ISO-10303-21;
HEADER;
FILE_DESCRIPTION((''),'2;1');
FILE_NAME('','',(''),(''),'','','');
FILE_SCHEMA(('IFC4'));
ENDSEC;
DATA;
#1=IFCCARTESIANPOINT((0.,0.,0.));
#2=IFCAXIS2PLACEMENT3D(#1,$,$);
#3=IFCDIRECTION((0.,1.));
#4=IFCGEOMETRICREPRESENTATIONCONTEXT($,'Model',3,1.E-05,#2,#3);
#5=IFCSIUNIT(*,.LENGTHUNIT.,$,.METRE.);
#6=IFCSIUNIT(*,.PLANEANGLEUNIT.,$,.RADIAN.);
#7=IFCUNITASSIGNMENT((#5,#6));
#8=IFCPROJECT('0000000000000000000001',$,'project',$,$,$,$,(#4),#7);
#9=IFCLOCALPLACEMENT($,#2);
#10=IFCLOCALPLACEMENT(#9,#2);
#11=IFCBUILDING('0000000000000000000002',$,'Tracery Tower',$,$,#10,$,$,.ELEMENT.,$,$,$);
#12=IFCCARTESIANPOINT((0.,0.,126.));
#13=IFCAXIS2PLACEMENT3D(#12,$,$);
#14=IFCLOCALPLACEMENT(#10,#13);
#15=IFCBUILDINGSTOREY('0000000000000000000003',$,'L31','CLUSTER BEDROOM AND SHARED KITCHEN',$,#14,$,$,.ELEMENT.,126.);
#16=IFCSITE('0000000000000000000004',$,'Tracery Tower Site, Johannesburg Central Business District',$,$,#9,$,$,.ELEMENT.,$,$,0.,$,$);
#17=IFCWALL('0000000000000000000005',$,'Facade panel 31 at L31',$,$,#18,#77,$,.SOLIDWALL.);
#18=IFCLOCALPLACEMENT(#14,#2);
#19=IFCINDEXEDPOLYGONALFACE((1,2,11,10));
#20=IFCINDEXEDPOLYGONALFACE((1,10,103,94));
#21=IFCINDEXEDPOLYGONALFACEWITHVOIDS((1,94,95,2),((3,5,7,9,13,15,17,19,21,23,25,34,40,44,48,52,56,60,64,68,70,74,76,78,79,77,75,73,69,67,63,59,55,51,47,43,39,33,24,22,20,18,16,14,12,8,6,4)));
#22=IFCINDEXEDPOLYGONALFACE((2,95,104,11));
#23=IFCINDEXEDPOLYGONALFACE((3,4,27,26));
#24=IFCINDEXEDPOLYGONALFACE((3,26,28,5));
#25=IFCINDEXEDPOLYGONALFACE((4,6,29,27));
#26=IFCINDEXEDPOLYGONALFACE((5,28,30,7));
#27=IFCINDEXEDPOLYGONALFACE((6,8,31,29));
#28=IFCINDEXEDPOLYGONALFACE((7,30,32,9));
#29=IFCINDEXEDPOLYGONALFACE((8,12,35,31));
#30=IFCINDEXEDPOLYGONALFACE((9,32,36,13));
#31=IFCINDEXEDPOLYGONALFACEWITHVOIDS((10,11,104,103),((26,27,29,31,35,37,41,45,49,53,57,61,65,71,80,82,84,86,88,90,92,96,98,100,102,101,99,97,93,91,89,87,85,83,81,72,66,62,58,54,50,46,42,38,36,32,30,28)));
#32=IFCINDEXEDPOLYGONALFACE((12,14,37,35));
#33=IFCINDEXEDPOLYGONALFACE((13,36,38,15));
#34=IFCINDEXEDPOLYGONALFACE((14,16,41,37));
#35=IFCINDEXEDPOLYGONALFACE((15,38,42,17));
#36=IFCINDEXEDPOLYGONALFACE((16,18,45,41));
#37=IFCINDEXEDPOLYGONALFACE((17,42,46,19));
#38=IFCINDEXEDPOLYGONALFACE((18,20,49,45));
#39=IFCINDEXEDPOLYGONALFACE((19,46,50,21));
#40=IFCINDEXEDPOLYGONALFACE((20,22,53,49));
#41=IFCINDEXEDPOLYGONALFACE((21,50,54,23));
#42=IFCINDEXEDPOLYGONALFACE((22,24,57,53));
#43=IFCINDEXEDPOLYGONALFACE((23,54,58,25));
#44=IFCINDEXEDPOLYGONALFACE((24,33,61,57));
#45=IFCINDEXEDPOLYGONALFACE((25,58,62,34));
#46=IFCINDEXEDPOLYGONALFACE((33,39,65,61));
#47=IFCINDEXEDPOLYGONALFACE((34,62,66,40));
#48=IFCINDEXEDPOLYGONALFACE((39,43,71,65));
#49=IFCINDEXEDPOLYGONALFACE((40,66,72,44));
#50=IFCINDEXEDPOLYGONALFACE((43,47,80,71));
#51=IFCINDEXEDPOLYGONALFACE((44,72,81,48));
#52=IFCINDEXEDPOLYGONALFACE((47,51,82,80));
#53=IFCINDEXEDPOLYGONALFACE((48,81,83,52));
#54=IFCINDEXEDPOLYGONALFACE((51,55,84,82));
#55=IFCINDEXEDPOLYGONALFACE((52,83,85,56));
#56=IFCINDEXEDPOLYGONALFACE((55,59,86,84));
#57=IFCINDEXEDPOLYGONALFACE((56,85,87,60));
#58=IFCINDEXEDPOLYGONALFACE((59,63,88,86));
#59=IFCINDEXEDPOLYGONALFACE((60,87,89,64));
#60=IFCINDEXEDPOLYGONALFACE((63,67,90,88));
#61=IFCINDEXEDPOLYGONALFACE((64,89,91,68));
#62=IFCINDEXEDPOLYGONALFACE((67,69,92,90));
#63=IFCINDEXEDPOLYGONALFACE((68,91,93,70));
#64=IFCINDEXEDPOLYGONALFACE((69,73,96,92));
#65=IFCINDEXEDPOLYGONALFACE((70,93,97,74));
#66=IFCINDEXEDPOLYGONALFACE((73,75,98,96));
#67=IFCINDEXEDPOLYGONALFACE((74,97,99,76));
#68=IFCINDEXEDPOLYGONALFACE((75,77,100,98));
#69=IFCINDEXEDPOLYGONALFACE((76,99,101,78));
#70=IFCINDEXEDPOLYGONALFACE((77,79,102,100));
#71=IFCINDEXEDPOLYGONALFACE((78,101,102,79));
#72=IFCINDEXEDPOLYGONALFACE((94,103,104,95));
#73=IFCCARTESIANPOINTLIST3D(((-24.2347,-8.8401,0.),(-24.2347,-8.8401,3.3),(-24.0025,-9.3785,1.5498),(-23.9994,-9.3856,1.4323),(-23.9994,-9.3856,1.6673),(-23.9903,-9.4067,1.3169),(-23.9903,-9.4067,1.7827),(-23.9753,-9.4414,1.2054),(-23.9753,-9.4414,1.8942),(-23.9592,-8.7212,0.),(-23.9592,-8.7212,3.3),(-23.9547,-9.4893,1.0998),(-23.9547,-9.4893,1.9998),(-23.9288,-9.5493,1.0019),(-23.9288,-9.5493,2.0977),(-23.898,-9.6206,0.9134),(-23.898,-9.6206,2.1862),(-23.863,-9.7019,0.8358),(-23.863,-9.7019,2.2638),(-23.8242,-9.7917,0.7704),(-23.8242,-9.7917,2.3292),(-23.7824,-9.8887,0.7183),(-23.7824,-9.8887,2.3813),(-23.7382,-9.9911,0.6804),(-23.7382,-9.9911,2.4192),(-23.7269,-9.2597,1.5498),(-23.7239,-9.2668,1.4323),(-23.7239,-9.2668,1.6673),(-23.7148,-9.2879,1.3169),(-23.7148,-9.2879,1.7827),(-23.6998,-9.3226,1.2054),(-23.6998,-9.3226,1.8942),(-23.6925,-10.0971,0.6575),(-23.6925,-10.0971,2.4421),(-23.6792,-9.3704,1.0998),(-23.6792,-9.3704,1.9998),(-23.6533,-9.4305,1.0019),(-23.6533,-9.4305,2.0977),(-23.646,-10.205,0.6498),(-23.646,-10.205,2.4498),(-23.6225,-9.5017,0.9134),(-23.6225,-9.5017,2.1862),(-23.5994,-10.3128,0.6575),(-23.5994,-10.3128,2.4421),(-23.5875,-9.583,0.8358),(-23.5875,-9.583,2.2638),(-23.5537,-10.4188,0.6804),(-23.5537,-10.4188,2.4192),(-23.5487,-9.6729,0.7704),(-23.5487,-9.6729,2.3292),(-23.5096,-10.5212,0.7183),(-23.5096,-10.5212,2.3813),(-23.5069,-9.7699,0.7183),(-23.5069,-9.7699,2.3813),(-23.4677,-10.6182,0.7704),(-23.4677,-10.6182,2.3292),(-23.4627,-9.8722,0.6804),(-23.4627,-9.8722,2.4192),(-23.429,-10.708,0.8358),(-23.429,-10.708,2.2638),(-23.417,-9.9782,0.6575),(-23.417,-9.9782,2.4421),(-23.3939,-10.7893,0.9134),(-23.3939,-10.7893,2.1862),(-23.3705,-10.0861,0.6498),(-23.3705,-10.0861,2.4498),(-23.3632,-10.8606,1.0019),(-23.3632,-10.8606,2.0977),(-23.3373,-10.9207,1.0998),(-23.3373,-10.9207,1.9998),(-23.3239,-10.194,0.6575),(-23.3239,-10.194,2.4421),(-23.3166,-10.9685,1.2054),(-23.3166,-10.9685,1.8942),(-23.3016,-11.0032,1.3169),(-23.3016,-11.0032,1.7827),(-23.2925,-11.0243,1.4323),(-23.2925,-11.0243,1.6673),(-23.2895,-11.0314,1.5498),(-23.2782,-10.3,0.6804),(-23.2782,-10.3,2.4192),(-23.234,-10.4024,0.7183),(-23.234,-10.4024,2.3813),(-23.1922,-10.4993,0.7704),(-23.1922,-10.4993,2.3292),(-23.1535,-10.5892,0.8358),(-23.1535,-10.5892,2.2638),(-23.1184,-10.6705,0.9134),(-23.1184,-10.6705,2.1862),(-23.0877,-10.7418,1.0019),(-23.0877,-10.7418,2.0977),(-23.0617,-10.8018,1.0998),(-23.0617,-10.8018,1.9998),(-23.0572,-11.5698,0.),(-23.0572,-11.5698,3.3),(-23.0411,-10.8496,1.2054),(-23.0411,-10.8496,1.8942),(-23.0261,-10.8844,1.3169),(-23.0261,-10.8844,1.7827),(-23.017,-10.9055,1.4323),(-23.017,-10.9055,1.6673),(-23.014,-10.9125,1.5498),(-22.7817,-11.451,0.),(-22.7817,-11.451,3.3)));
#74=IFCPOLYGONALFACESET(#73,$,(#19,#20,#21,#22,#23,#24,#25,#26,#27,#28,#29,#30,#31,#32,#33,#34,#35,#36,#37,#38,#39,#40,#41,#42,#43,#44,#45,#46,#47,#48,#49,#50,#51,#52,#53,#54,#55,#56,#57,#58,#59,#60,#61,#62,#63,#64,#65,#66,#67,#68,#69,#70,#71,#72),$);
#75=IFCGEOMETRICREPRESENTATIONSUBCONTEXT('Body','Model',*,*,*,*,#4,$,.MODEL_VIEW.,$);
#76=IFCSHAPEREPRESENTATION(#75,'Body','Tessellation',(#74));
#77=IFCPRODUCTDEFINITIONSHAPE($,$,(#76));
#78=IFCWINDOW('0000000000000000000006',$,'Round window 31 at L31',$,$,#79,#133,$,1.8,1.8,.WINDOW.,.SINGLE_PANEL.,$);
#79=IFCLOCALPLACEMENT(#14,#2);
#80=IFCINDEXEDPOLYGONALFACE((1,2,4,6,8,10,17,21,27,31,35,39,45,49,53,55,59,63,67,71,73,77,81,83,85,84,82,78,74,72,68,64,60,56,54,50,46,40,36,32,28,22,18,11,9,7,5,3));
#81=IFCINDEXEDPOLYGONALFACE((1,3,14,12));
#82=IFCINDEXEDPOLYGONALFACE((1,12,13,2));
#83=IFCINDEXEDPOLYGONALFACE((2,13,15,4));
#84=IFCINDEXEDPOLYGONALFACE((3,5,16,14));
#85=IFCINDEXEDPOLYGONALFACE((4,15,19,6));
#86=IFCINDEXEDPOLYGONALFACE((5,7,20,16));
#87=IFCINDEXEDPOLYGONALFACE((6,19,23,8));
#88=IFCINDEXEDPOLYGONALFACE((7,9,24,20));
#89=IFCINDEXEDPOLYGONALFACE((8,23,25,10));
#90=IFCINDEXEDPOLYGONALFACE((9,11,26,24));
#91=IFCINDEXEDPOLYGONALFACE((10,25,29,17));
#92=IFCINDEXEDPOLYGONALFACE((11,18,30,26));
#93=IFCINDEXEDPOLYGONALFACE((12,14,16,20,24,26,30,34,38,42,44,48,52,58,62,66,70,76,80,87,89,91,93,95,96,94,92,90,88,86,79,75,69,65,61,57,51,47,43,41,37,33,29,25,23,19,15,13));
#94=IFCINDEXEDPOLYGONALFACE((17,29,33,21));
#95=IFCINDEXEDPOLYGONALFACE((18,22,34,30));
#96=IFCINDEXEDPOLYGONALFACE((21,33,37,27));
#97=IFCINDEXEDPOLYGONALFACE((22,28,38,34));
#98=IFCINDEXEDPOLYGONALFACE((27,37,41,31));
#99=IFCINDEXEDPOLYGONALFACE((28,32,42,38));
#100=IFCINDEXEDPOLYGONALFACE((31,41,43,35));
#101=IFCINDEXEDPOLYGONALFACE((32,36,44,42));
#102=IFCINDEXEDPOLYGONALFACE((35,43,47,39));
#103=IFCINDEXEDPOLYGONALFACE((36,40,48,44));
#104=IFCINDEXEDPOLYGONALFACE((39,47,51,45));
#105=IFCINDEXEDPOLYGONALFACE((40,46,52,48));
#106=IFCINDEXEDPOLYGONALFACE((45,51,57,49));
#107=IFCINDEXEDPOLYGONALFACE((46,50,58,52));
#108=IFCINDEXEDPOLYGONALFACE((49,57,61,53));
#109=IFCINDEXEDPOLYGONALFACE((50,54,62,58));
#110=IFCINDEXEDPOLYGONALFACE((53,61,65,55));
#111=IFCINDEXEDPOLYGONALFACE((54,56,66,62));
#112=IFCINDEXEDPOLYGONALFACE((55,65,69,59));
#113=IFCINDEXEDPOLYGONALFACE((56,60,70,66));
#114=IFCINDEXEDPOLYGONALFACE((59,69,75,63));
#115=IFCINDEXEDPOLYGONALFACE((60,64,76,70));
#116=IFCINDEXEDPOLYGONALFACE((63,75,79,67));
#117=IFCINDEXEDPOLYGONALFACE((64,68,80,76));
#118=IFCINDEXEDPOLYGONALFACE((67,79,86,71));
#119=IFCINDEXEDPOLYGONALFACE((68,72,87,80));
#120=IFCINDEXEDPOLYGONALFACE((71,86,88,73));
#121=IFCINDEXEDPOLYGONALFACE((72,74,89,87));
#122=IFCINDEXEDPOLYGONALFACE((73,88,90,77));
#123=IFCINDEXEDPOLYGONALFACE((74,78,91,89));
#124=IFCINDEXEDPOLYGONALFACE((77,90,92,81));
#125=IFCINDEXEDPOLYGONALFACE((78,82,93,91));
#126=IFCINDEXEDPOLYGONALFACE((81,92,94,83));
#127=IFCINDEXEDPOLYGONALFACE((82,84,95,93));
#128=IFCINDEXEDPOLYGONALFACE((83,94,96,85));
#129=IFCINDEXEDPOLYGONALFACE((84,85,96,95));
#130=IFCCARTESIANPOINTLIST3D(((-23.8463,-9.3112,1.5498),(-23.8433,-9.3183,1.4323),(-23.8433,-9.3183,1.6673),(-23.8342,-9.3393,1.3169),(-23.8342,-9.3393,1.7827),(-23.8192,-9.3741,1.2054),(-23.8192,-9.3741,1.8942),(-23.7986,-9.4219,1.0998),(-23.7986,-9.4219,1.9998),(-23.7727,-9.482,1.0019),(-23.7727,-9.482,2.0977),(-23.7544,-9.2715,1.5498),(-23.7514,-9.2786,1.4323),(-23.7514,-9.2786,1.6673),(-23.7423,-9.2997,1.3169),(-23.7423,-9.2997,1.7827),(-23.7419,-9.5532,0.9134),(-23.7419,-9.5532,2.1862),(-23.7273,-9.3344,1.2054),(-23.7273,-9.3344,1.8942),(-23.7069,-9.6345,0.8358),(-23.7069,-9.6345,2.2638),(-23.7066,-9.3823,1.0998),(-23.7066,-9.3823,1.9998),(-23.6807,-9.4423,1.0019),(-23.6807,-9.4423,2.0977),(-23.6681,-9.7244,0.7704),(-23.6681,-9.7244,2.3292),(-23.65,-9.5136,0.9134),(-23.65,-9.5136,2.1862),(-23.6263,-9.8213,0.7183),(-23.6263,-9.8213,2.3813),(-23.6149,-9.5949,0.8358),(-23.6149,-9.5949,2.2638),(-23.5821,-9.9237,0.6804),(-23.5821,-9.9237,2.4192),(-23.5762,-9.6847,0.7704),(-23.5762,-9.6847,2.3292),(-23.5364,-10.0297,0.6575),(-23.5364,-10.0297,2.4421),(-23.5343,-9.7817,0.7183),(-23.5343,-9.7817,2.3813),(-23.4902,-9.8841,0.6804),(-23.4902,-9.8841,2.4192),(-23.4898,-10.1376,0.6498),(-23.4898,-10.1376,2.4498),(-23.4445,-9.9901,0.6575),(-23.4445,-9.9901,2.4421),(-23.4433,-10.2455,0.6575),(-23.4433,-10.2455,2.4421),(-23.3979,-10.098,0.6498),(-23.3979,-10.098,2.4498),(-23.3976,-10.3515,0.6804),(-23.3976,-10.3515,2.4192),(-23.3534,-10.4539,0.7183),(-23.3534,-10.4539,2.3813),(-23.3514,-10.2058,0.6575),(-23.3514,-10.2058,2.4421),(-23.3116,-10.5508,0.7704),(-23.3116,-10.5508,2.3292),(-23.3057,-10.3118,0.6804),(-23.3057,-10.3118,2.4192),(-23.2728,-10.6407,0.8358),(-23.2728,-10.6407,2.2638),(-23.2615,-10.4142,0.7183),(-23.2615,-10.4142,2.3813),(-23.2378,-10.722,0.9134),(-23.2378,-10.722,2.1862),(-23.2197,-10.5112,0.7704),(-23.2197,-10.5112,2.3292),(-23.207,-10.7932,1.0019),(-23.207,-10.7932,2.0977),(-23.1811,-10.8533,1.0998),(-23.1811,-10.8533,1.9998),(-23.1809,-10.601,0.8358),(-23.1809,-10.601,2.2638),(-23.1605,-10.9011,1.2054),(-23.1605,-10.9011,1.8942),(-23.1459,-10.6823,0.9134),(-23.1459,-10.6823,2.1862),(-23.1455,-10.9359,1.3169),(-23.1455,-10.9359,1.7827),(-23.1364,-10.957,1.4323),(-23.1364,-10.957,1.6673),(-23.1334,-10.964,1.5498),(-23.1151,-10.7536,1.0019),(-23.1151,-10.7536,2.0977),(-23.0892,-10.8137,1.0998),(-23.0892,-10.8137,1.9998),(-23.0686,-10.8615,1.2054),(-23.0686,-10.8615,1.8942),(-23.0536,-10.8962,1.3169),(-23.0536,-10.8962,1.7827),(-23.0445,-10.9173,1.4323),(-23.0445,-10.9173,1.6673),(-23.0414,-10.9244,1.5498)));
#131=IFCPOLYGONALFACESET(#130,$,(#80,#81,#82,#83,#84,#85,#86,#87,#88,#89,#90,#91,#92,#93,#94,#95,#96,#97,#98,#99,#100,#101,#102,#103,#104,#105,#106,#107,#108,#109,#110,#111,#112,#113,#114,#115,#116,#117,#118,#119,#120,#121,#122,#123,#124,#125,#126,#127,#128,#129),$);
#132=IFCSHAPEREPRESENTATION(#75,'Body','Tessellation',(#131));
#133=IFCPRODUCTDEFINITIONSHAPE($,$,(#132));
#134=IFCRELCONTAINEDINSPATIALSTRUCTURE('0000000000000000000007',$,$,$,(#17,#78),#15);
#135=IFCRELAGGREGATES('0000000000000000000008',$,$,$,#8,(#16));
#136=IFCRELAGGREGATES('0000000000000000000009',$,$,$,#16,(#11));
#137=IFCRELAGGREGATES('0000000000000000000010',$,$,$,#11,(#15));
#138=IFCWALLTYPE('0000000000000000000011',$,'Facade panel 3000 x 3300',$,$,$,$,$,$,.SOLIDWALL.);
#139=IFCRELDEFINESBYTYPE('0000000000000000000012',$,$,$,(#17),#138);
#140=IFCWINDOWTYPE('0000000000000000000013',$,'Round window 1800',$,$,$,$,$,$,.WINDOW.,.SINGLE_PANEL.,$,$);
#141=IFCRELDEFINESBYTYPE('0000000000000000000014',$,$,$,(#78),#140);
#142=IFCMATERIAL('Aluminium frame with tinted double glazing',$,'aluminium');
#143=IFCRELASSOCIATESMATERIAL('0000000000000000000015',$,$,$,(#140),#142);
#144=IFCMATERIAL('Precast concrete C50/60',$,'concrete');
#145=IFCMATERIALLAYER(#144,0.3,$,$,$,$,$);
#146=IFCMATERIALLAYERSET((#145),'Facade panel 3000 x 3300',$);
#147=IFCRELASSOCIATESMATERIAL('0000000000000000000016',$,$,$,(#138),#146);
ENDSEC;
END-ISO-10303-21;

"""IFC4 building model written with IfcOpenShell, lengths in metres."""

from ifc_helpers import new_model, si_unit, direction, frame, frame_2d, origin, origin_2d, place, context, subcontext, project, spatial, rectangle, circle, extrude, material, layer, layer_set, type_object, element, fill, save


model = new_model("IFC4")

# Units and contexts
model_context = context("Model", 3, precision=1e-05, world=origin(), true_north=direction((0.0, 1.0)))
body_context = subcontext(model_context, "Body", "Model", "MODEL_VIEW")
ifc_project = project(units=[si_unit("LENGTHUNIT", "METRE"), si_unit("PLANEANGLEUNIT", "RADIAN")], contexts=[model_context])

# Site, building, storey
site_placement = place(None, origin())
site = spatial("IfcSite", under=ifc_project, at=site_placement, Name="Tracery Tower Site, Johannesburg Central Business District", CompositionType="ELEMENT", RefElevation=0.0)
building_placement = place(site_placement, origin())
building = spatial("IfcBuilding", under=site, at=building_placement, Name="Tracery Tower", CompositionType="ELEMENT")
storey_placement = place(building_placement, frame((0.0, 0.0, 126.0)))
storey = spatial("IfcBuildingStorey", under=building, at=storey_placement, Name="L31", Description="CLUSTER BEDROOM AND SHARED KITCHEN", CompositionType="ELEMENT", Elevation=126.0)

# Wall, opening, window
ifc_material_1 = material(Name="Aluminium frame with tinted double glazing", Category="aluminium")
window_type = type_object("IfcWindowType", Name="Round window 1800", PartitioningType="SINGLE_PANEL", PredefinedType="WINDOW", material=ifc_material_1)
ifc_material_2 = material(Name="Precast concrete C50/60", Category="concrete")
ifc_layer_1 = layer(ifc_material_2, 0.3)
ifc_layer_set_1 = layer_set([ifc_layer_1], Name="Facade panel 3000 x 3300")
wall_type_1 = type_object("IfcWallType", Name="Facade panel 3000 x 3300", PredefinedType="SOLIDWALL", material=ifc_layer_set_1)
wall_1_placement = place(storey_placement, frame((-24.0969, -8.7808, 0.0), z_axis=(0.0, 0.0, 1.0), x_axis=(0.396079, -0.918216, 0.0)))
wall_1 = element("IfcWall", 1, at=wall_1_placement, inside=storey, type_object=wall_type_1, Name="Facade panel 31 at L31", PredefinedType="SOLIDWALL", context=body_context, shape_type="SweptSolid", body=[
    extrude(rectangle(XDim=2.9729, YDim=0.3, at=frame_2d((1.4863, 0.0))), origin(), (0.0, 0.0, 1.0), 3.3),
])
opening_1_placement = place(wall_1_placement, frame((1.4863, 0.0, 1.5498)))
opening_1 = element("IfcOpeningElement", 2, at=opening_1_placement, cuts=wall_1, PredefinedType="OPENING", context=body_context, shape_type="SweptSolid", body=[
    extrude(circle(Radius=0.9, at=origin_2d()), frame((0.0, 0.1599, 0.0), z_axis=(0.0, -1.0, 0.0), x_axis=(1.0, 0.0, 0.0)), (0.0, 0.0, 1.0), 0.3201),
])
window_1_placement = place(opening_1_placement, origin())
window_1 = element("IfcWindow", 3, at=window_1_placement, inside=storey, type_object=window_type, Name="Round window 31 at L31", OverallHeight=1.8, OverallWidth=1.8, PartitioningType="SINGLE_PANEL", PredefinedType="WINDOW", context=body_context, shape_type="SweptSolid", body=[
    extrude(circle(Radius=0.9, at=origin_2d()), frame((0.0, 0.1201, 0.0), z_axis=(0.0, -1.0, 0.0), x_axis=(1.0, 0.0, 0.0)), (0.0, 0.0, 1.0), 0.1001),
])
fill(opening_1, window_1)

save(model, "model.ifc")
